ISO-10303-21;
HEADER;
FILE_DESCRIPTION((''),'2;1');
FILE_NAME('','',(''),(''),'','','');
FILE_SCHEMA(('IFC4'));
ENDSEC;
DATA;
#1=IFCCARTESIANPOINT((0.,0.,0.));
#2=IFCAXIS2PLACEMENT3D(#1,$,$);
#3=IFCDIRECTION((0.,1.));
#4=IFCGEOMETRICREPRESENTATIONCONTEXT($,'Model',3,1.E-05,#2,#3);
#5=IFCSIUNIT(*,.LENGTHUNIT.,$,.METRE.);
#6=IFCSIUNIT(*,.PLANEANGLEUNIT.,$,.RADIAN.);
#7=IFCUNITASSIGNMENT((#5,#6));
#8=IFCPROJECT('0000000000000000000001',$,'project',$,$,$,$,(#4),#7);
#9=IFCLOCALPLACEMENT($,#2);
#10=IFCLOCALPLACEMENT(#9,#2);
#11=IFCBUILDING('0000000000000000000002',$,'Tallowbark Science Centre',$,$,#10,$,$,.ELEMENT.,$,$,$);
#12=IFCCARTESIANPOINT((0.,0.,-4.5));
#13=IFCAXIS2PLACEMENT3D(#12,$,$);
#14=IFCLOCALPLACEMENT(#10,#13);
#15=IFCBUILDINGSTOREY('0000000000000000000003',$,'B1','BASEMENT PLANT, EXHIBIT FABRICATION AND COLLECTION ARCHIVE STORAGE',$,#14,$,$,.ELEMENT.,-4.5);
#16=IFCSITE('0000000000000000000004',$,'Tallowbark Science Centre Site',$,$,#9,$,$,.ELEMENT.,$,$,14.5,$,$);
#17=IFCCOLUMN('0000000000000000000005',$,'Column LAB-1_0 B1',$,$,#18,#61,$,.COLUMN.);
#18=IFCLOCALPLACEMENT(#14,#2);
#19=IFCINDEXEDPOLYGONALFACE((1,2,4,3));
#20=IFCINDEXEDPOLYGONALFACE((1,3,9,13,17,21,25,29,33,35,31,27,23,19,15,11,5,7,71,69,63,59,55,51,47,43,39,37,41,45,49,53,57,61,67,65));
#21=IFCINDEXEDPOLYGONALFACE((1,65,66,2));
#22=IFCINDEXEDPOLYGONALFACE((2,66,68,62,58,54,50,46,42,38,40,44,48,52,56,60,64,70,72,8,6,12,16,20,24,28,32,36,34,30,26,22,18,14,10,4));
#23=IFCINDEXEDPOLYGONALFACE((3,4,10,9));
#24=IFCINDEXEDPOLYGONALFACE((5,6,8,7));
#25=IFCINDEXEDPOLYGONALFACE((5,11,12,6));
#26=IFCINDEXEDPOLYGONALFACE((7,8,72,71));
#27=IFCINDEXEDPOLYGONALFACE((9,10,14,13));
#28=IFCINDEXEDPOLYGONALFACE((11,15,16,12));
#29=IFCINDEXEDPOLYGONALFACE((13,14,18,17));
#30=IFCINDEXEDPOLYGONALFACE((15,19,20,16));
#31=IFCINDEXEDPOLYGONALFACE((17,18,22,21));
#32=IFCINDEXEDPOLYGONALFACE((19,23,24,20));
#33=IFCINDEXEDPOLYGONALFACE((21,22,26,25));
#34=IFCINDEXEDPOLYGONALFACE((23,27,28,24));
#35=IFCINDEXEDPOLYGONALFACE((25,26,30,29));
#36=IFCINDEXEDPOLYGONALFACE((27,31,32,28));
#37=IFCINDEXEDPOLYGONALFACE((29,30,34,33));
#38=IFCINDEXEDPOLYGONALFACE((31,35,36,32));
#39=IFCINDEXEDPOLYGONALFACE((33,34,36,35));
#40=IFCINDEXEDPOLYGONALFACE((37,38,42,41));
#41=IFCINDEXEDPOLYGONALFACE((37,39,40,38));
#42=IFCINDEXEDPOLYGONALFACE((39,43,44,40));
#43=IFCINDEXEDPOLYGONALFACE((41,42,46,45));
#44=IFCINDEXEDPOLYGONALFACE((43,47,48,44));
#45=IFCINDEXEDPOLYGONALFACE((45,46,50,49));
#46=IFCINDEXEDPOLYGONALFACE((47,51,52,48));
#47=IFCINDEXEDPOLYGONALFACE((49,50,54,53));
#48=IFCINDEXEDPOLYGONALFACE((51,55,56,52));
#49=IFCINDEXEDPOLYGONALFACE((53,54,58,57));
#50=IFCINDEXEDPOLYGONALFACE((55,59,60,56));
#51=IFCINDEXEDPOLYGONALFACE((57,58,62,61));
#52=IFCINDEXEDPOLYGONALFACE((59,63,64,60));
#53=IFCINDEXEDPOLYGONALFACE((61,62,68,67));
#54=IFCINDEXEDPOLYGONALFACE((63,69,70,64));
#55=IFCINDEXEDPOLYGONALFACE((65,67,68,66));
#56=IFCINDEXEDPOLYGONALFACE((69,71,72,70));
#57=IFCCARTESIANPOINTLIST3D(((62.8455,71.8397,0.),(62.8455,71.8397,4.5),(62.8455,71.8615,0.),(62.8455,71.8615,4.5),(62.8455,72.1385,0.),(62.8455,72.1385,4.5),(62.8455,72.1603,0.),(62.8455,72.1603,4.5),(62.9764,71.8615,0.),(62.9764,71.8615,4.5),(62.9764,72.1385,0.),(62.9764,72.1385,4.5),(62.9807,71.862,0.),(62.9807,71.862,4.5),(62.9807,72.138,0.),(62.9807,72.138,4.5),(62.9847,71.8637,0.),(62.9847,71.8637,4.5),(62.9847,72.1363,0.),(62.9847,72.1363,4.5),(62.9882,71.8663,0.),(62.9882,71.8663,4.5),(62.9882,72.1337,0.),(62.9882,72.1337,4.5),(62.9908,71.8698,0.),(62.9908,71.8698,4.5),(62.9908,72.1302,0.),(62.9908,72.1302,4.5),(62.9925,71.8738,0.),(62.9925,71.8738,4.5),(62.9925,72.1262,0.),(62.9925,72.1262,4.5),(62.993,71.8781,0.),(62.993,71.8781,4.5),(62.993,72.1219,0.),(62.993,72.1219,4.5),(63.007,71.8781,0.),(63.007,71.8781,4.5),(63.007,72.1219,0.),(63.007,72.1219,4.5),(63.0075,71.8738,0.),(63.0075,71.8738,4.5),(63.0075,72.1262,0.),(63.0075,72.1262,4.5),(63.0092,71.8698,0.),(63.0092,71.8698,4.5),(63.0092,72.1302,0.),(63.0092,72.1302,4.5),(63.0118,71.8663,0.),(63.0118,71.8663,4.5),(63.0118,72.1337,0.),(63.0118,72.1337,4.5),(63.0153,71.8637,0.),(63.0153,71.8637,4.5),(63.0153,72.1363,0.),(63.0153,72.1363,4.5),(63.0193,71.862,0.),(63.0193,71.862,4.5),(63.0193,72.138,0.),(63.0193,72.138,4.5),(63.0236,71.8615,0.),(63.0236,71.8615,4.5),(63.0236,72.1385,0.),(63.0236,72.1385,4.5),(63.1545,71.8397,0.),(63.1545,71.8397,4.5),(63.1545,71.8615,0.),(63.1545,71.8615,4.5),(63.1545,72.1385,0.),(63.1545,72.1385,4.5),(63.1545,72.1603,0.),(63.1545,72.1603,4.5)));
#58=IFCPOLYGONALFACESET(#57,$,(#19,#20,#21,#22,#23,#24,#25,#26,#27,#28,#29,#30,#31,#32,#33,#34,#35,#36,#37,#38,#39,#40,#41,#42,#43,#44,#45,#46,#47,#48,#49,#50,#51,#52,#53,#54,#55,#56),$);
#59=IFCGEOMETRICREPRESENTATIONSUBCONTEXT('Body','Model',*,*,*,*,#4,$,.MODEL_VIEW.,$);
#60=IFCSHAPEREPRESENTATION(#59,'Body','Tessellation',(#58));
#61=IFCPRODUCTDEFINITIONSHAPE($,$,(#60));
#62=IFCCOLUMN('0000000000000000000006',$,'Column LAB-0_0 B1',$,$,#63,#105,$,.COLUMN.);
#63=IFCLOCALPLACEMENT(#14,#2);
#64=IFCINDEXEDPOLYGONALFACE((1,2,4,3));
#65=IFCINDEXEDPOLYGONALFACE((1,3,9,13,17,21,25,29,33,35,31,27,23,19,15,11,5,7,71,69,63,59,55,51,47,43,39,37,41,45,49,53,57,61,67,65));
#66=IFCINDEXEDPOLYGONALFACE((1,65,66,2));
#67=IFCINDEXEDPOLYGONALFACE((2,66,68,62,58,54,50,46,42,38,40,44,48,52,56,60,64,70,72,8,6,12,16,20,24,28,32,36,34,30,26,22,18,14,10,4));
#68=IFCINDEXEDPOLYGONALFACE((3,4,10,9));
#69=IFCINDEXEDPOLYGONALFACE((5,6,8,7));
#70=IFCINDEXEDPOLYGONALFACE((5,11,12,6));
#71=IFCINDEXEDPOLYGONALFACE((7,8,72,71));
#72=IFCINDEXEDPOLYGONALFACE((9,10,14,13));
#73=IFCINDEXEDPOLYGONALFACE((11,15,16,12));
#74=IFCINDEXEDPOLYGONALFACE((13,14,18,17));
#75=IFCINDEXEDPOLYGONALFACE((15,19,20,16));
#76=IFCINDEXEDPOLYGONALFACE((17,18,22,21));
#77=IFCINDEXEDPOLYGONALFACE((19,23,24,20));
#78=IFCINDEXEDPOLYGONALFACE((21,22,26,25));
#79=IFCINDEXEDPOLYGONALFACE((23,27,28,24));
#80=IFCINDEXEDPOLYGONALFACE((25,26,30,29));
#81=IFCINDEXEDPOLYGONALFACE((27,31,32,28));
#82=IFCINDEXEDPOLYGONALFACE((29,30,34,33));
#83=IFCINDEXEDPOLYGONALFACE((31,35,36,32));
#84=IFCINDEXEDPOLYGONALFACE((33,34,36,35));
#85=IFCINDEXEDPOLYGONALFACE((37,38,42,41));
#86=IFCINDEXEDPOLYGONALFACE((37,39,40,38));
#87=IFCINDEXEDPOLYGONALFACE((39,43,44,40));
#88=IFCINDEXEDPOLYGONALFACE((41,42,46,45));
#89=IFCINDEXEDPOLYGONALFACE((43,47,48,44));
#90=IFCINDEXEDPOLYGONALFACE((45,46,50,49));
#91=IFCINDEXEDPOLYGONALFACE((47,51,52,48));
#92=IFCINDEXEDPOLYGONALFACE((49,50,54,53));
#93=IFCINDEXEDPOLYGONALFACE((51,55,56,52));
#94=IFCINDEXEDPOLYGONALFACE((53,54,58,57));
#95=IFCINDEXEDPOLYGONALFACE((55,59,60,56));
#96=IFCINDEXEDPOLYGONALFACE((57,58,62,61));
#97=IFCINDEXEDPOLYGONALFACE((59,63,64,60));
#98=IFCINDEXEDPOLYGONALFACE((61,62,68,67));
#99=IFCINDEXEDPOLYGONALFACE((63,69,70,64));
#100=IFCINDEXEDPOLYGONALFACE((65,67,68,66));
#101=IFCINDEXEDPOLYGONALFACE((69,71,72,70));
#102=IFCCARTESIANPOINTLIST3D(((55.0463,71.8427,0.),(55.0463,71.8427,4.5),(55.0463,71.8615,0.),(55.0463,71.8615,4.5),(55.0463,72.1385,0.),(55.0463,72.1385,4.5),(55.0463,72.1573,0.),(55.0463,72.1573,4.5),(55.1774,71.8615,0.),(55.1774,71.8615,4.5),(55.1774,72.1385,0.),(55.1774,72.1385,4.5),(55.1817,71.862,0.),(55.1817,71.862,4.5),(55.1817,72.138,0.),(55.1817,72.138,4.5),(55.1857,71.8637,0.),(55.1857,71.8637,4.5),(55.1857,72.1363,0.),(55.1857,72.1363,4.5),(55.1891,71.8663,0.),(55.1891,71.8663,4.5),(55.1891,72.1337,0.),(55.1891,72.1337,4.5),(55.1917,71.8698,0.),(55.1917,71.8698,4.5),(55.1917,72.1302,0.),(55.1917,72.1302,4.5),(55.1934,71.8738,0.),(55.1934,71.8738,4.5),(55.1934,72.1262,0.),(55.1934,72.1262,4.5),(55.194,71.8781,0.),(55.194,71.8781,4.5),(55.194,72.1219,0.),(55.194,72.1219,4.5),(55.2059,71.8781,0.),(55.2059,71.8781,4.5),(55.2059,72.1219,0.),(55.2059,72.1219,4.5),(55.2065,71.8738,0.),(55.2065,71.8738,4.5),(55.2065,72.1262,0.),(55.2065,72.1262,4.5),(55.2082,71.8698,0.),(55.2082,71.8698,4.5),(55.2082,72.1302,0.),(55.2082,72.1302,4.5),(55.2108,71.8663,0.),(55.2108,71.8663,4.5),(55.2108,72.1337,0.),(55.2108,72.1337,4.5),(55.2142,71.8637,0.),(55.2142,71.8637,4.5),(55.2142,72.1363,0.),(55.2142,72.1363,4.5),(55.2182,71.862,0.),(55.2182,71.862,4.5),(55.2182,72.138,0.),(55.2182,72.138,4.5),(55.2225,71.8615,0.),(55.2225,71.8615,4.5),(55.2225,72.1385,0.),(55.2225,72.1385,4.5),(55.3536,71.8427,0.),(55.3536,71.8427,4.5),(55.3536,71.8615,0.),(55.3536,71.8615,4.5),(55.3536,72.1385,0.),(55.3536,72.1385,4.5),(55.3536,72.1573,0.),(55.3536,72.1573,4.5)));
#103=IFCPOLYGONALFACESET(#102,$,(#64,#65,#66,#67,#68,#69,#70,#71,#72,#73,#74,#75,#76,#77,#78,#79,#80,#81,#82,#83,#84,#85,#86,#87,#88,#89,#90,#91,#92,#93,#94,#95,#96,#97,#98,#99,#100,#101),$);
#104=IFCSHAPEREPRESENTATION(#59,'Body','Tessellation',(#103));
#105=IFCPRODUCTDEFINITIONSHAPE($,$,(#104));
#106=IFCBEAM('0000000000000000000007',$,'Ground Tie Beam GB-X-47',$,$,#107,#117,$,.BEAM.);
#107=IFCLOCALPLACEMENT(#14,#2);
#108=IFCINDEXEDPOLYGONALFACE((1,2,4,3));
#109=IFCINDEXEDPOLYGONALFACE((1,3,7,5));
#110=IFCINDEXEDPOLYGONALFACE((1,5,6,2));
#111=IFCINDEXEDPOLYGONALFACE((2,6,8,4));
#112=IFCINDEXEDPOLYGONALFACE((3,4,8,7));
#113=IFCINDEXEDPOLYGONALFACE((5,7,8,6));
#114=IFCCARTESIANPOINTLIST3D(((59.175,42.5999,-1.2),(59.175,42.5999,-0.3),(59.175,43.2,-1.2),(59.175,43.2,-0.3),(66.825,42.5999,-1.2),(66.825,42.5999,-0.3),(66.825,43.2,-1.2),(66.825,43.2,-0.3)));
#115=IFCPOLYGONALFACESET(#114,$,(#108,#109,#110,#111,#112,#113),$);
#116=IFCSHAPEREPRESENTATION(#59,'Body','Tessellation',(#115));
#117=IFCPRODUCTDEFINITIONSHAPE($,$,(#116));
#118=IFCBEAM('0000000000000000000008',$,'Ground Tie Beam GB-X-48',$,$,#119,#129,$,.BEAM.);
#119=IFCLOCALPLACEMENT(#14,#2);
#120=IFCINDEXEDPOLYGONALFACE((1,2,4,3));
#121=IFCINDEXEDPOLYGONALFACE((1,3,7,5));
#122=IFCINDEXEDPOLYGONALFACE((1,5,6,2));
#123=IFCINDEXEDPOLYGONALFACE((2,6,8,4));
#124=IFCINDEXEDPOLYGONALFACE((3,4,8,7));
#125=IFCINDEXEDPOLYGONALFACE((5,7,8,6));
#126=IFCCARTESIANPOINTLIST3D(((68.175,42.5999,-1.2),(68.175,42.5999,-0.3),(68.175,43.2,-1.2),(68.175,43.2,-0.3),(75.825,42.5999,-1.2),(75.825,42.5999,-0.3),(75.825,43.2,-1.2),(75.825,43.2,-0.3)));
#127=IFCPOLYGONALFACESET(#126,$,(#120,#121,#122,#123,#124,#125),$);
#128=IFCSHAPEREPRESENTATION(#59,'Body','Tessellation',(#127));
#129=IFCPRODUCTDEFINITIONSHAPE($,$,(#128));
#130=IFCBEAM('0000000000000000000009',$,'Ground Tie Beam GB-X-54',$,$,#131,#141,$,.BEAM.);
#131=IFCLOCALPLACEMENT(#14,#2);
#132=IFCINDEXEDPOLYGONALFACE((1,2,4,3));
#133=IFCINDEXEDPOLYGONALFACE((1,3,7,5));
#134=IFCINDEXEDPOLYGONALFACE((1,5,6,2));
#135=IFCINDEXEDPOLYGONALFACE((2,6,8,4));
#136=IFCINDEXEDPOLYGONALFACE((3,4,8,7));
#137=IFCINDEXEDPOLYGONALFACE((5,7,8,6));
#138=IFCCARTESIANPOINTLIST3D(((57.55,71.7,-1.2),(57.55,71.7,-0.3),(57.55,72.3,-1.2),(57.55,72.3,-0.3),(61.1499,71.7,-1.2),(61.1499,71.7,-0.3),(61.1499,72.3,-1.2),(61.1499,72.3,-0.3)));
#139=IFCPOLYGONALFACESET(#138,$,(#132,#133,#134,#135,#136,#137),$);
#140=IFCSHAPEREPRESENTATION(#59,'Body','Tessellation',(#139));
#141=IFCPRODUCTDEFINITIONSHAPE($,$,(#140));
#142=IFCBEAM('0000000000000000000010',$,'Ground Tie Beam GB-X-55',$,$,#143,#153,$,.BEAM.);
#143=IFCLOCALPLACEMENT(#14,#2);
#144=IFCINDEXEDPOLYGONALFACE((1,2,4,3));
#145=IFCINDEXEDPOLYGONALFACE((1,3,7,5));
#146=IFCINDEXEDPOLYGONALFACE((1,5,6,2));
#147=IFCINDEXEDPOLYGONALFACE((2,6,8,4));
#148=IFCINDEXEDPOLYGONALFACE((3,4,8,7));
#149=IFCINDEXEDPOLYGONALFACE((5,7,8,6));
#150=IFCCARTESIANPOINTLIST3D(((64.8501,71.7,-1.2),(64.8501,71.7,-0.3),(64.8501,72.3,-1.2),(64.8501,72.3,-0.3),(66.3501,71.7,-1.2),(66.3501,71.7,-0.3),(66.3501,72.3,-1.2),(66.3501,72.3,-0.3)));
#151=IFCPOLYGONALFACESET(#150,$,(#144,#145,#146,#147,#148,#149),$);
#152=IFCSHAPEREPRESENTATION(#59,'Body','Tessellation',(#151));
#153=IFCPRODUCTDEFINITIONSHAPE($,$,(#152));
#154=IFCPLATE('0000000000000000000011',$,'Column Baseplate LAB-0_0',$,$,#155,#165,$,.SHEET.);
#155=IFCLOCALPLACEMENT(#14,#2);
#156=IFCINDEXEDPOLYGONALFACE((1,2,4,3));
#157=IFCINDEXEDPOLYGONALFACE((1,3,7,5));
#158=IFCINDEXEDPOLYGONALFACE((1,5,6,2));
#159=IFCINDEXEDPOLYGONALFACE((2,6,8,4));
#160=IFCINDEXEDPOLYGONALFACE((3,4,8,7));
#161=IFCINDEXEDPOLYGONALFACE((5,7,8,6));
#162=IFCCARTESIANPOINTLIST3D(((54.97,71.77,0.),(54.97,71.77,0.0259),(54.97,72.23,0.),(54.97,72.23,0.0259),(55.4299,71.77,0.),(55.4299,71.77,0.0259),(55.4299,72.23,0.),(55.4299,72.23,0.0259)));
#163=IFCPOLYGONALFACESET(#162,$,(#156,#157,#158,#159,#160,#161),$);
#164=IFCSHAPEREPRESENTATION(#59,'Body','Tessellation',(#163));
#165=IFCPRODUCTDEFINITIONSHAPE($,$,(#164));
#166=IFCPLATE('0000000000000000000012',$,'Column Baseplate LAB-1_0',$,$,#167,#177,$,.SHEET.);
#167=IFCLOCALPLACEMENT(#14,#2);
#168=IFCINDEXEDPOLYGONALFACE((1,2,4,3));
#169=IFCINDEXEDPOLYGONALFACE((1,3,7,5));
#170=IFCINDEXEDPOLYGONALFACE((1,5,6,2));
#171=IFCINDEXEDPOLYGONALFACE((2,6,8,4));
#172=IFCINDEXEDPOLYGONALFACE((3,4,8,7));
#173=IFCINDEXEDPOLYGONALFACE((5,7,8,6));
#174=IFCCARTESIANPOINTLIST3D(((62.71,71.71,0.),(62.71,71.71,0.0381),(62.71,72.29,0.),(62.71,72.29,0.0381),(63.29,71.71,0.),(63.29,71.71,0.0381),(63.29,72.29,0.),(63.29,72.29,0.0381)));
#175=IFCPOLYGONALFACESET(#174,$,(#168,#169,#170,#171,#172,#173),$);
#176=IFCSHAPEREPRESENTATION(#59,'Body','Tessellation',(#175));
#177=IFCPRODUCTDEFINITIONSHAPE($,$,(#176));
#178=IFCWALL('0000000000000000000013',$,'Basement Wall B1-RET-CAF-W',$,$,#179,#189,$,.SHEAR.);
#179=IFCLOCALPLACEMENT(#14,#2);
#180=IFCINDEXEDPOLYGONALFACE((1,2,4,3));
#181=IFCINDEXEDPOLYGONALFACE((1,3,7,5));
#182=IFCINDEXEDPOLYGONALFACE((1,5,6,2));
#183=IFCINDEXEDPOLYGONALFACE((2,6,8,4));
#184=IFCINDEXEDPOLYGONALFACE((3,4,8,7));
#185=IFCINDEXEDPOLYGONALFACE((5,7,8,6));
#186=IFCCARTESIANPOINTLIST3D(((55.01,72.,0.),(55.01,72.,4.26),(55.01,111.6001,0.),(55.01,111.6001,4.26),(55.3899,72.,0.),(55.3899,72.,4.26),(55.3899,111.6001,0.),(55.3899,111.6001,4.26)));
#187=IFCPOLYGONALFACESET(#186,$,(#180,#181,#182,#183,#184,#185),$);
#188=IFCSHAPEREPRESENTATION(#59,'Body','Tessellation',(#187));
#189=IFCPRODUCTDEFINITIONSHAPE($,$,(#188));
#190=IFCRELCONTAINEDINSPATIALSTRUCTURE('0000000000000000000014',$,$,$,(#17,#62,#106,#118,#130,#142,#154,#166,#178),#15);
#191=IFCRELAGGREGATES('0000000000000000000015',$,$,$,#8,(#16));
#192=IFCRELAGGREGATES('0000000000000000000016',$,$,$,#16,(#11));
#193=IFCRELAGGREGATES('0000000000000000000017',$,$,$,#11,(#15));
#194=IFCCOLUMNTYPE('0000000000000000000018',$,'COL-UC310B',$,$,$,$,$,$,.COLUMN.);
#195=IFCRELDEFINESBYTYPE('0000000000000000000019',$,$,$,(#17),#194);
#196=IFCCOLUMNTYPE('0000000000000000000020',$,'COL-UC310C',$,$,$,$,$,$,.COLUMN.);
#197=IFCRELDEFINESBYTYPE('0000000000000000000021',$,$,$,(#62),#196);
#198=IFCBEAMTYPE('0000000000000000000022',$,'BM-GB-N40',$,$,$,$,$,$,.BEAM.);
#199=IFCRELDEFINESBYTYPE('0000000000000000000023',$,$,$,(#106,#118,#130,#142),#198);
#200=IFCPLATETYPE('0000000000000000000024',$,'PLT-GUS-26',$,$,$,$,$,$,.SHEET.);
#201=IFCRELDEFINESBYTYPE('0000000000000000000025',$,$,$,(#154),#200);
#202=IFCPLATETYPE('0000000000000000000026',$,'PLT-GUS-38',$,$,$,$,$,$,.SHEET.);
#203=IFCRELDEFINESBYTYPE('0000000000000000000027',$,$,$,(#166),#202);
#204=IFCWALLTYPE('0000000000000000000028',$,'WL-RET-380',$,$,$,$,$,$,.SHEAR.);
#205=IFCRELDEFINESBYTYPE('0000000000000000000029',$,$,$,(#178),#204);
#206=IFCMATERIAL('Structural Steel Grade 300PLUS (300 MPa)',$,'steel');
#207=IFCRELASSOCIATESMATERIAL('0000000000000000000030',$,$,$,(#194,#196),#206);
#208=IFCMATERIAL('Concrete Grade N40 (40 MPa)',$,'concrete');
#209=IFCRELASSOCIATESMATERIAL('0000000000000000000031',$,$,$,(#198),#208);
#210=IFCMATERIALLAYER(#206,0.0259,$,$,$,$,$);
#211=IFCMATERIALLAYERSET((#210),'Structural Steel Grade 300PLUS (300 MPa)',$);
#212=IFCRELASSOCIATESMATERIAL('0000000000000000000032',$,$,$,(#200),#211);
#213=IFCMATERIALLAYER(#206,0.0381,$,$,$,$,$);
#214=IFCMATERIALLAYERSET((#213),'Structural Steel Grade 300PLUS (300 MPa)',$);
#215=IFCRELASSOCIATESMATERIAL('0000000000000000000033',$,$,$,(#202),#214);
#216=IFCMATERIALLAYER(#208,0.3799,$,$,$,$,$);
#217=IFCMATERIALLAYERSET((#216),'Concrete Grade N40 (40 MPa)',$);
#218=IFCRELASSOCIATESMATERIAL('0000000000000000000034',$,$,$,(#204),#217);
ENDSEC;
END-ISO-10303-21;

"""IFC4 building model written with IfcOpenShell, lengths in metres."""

from ifc_helpers import new_model, si_unit, direction, frame, frame_2d, origin, origin_2d, place, context, subcontext, project, spatial, rectangle, i_section, extrude, material, layer, layer_set, material_profile, profile_set, type_object, element, save


model = new_model("IFC4")

# Units and contexts
model_context = context("Model", 3, precision=1e-05, world=origin(), true_north=direction((0.0, 1.0)))
body_context = subcontext(model_context, "Body", "Model", "MODEL_VIEW")
ifc_project = project(units=[si_unit("LENGTHUNIT", "METRE"), si_unit("PLANEANGLEUNIT", "RADIAN")], contexts=[model_context])

# Site, building, storey
site_placement = place(None, origin())
site = spatial("IfcSite", under=ifc_project, at=site_placement, Name="Tallowbark Science Centre Site", CompositionType="ELEMENT", RefElevation=14.5)
building_placement = place(site_placement, origin())
building = spatial("IfcBuilding", under=site, at=building_placement, Name="Tallowbark Science Centre", CompositionType="ELEMENT")
storey_placement = place(building_placement, frame((0.0, 0.0, -4.5)))
storey = spatial("IfcBuildingStorey", under=building, at=storey_placement, Name="B1", Description="BASEMENT PLANT, EXHIBIT FABRICATION AND COLLECTION ARCHIVE STORAGE", CompositionType="ELEMENT", Elevation=-4.5)

# Shared definitions
ifc_material_1 = material(Name="Concrete Grade N40 (40 MPa)", Category="concrete")

# Columns
ifc_material_2 = material(Name="Structural Steel Grade 300PLUS (300 MPa)", Category="steel")
ifc_material_profile_1 = material_profile(ifc_material_2, i_section(OverallWidth=0.3091, OverallDepth=0.3206, WebThickness=0.0139, FlangeThickness=0.0217, FilletRadius=0.0166, at=origin_2d()), Name="310UC137")
ifc_profile_set_1 = profile_set([ifc_material_profile_1], Name="Structural Steel Grade 300PLUS (300 MPa)")
column_type_1 = type_object("IfcColumnType", Name="COL-UC310B", PredefinedType="COLUMN", material=ifc_profile_set_1)
column_1_placement = place(storey_placement, frame((63.0, 72.0, 0.0), z_axis=(0.0, 0.0, 1.0), x_axis=(1.0, 0.0, 0.0)))
element("IfcColumn", 1, at=column_1_placement, inside=storey, type_object=column_type_1, Name="Column LAB-1_0 B1", PredefinedType="COLUMN", context=body_context, shape_type="SweptSolid", body=[
    extrude(i_section(OverallWidth=0.3091, OverallDepth=0.3206, WebThickness=0.0139, FlangeThickness=0.0217, FilletRadius=0.0166, at=origin_2d()), origin(), (0.0, 0.0, 1.0), 4.5),
])
ifc_material_profile_2 = material_profile(ifc_material_2, i_section(OverallWidth=0.3074, OverallDepth=0.3147, WebThickness=0.012, FlangeThickness=0.0188, FilletRadius=0.0166, at=origin_2d()), Name="310UC118")
ifc_profile_set_2 = profile_set([ifc_material_profile_2], Name="Structural Steel Grade 300PLUS (300 MPa)")
column_type_2 = type_object("IfcColumnType", Name="COL-UC310C", PredefinedType="COLUMN", material=ifc_profile_set_2)
column_2_placement = place(storey_placement, frame((55.2, 72.0, 0.0), z_axis=(0.0, 0.0, 1.0), x_axis=(1.0, 0.0, 0.0)))
element("IfcColumn", 2, at=column_2_placement, inside=storey, type_object=column_type_2, Name="Column LAB-0_0 B1", PredefinedType="COLUMN", context=body_context, shape_type="SweptSolid", body=[
    extrude(i_section(OverallWidth=0.3074, OverallDepth=0.3147, WebThickness=0.012, FlangeThickness=0.0188, FilletRadius=0.0166, at=origin_2d()), origin(), (0.0, 0.0, 1.0), 4.5),
])

# Beams
ifc_material_profile_3 = material_profile(ifc_material_1, rectangle(XDim=0.6001, YDim=0.8999, at=origin_2d()), Name="RC600x900")
ifc_profile_set_3 = profile_set([ifc_material_profile_3], Name="Concrete Grade N40 (40 MPa)")
beam_type = type_object("IfcBeamType", Name="BM-GB-N40", PredefinedType="BEAM", material=ifc_profile_set_3)
for number, where, z_axis, x_axis, name in (
    (3, (59.175, 42.8999, -0.75), (1.0, 0.0, 0.0), (0.0, 1.0, 0.0), "Ground Tie Beam GB-X-47"),
    (4, (68.175, 42.8999, -0.75), (1.0, 0.0, 0.0), (0.0, 1.0, 0.0), "Ground Tie Beam GB-X-48"),
):
    element("IfcBeam", number, at=place(storey_placement, frame(where, z_axis=z_axis, x_axis=x_axis)), inside=storey, type_object=beam_type, Name=name, PredefinedType="BEAM", context=body_context, shape_type="SweptSolid", body=[
        extrude(rectangle(XDim=0.6001, YDim=0.8999, at=origin_2d()), origin(), (0.0, 0.0, 1.0), 7.6499),
    ])
beam_1_placement = place(storey_placement, frame((57.55, 72.0, -0.75), z_axis=(1.0, 0.0, 0.0), x_axis=(0.0, 1.0, 0.0)))
element("IfcBeam", 5, at=beam_1_placement, inside=storey, type_object=beam_type, Name="Ground Tie Beam GB-X-54", PredefinedType="BEAM", context=body_context, shape_type="SweptSolid", body=[
    extrude(rectangle(XDim=0.6001, YDim=0.8999, at=origin_2d()), origin(), (0.0, 0.0, 1.0), 3.5999),
])
beam_2_placement = place(storey_placement, frame((64.8501, 72.0, -0.75), z_axis=(1.0, 0.0, 0.0), x_axis=(0.0, 1.0, 0.0)))
element("IfcBeam", 6, at=beam_2_placement, inside=storey, type_object=beam_type, Name="Ground Tie Beam GB-X-55", PredefinedType="BEAM", context=body_context, shape_type="SweptSolid", body=[
    extrude(rectangle(XDim=0.6001, YDim=0.8999, at=origin_2d()), origin(), (0.0, 0.0, 1.0), 1.5),
])

# Plates
ifc_layer_1 = layer(ifc_material_2, 0.0259)
ifc_layer_set_1 = layer_set([ifc_layer_1], Name="Structural Steel Grade 300PLUS (300 MPa)")
plate_type_1 = type_object("IfcPlateType", Name="PLT-GUS-26", PredefinedType="SHEET", material=ifc_layer_set_1)
plate_1_placement = place(storey_placement, frame((55.2, 72.0, 0.0), z_axis=(0.0, 0.0, 1.0), x_axis=(1.0, 0.0, 0.0)))
element("IfcPlate", 7, at=plate_1_placement, inside=storey, type_object=plate_type_1, Name="Column Baseplate LAB-0_0", PredefinedType="SHEET", context=body_context, shape_type="SweptSolid", body=[
    extrude(rectangle(XDim=0.46, YDim=0.46, at=origin_2d()), origin(), (0.0, 0.0, 1.0), 0.0259),
])
ifc_layer_2 = layer(ifc_material_2, 0.0381)
ifc_layer_set_2 = layer_set([ifc_layer_2], Name="Structural Steel Grade 300PLUS (300 MPa)")
plate_type_2 = type_object("IfcPlateType", Name="PLT-GUS-38", PredefinedType="SHEET", material=ifc_layer_set_2)
plate_2_placement = place(storey_placement, frame((63.0, 72.0, 0.0), z_axis=(0.0, 0.0, 1.0), x_axis=(1.0, 0.0, 0.0)))
element("IfcPlate", 8, at=plate_2_placement, inside=storey, type_object=plate_type_2, Name="Column Baseplate LAB-1_0", PredefinedType="SHEET", context=body_context, shape_type="SweptSolid", body=[
    extrude(rectangle(XDim=0.5801, YDim=0.5801, at=origin_2d()), origin(), (0.0, 0.0, 1.0), 0.0381),
])

# Wall
ifc_layer_3 = layer(ifc_material_1, 0.3799)
ifc_layer_set_3 = layer_set([ifc_layer_3], Name="Concrete Grade N40 (40 MPa)")
wall_type = type_object("IfcWallType", Name="WL-RET-380", PredefinedType="SHEAR", material=ifc_layer_set_3)
wall_1_placement = place(storey_placement, frame((55.2, 72.0, 0.0), z_axis=(0.0, 0.0, 1.0), x_axis=(0.0, 1.0, 0.0)))
element("IfcWall", 9, at=wall_1_placement, inside=storey, type_object=wall_type, Name="Basement Wall B1-RET-CAF-W", PredefinedType="SHEAR", context=body_context, shape_type="SweptSolid", body=[
    extrude(rectangle(XDim=39.6001, YDim=0.3799, at=frame_2d((19.8, 0.0))), origin(), (0.0, 0.0, 1.0), 4.26),
])

save(model, "model.ifc")
